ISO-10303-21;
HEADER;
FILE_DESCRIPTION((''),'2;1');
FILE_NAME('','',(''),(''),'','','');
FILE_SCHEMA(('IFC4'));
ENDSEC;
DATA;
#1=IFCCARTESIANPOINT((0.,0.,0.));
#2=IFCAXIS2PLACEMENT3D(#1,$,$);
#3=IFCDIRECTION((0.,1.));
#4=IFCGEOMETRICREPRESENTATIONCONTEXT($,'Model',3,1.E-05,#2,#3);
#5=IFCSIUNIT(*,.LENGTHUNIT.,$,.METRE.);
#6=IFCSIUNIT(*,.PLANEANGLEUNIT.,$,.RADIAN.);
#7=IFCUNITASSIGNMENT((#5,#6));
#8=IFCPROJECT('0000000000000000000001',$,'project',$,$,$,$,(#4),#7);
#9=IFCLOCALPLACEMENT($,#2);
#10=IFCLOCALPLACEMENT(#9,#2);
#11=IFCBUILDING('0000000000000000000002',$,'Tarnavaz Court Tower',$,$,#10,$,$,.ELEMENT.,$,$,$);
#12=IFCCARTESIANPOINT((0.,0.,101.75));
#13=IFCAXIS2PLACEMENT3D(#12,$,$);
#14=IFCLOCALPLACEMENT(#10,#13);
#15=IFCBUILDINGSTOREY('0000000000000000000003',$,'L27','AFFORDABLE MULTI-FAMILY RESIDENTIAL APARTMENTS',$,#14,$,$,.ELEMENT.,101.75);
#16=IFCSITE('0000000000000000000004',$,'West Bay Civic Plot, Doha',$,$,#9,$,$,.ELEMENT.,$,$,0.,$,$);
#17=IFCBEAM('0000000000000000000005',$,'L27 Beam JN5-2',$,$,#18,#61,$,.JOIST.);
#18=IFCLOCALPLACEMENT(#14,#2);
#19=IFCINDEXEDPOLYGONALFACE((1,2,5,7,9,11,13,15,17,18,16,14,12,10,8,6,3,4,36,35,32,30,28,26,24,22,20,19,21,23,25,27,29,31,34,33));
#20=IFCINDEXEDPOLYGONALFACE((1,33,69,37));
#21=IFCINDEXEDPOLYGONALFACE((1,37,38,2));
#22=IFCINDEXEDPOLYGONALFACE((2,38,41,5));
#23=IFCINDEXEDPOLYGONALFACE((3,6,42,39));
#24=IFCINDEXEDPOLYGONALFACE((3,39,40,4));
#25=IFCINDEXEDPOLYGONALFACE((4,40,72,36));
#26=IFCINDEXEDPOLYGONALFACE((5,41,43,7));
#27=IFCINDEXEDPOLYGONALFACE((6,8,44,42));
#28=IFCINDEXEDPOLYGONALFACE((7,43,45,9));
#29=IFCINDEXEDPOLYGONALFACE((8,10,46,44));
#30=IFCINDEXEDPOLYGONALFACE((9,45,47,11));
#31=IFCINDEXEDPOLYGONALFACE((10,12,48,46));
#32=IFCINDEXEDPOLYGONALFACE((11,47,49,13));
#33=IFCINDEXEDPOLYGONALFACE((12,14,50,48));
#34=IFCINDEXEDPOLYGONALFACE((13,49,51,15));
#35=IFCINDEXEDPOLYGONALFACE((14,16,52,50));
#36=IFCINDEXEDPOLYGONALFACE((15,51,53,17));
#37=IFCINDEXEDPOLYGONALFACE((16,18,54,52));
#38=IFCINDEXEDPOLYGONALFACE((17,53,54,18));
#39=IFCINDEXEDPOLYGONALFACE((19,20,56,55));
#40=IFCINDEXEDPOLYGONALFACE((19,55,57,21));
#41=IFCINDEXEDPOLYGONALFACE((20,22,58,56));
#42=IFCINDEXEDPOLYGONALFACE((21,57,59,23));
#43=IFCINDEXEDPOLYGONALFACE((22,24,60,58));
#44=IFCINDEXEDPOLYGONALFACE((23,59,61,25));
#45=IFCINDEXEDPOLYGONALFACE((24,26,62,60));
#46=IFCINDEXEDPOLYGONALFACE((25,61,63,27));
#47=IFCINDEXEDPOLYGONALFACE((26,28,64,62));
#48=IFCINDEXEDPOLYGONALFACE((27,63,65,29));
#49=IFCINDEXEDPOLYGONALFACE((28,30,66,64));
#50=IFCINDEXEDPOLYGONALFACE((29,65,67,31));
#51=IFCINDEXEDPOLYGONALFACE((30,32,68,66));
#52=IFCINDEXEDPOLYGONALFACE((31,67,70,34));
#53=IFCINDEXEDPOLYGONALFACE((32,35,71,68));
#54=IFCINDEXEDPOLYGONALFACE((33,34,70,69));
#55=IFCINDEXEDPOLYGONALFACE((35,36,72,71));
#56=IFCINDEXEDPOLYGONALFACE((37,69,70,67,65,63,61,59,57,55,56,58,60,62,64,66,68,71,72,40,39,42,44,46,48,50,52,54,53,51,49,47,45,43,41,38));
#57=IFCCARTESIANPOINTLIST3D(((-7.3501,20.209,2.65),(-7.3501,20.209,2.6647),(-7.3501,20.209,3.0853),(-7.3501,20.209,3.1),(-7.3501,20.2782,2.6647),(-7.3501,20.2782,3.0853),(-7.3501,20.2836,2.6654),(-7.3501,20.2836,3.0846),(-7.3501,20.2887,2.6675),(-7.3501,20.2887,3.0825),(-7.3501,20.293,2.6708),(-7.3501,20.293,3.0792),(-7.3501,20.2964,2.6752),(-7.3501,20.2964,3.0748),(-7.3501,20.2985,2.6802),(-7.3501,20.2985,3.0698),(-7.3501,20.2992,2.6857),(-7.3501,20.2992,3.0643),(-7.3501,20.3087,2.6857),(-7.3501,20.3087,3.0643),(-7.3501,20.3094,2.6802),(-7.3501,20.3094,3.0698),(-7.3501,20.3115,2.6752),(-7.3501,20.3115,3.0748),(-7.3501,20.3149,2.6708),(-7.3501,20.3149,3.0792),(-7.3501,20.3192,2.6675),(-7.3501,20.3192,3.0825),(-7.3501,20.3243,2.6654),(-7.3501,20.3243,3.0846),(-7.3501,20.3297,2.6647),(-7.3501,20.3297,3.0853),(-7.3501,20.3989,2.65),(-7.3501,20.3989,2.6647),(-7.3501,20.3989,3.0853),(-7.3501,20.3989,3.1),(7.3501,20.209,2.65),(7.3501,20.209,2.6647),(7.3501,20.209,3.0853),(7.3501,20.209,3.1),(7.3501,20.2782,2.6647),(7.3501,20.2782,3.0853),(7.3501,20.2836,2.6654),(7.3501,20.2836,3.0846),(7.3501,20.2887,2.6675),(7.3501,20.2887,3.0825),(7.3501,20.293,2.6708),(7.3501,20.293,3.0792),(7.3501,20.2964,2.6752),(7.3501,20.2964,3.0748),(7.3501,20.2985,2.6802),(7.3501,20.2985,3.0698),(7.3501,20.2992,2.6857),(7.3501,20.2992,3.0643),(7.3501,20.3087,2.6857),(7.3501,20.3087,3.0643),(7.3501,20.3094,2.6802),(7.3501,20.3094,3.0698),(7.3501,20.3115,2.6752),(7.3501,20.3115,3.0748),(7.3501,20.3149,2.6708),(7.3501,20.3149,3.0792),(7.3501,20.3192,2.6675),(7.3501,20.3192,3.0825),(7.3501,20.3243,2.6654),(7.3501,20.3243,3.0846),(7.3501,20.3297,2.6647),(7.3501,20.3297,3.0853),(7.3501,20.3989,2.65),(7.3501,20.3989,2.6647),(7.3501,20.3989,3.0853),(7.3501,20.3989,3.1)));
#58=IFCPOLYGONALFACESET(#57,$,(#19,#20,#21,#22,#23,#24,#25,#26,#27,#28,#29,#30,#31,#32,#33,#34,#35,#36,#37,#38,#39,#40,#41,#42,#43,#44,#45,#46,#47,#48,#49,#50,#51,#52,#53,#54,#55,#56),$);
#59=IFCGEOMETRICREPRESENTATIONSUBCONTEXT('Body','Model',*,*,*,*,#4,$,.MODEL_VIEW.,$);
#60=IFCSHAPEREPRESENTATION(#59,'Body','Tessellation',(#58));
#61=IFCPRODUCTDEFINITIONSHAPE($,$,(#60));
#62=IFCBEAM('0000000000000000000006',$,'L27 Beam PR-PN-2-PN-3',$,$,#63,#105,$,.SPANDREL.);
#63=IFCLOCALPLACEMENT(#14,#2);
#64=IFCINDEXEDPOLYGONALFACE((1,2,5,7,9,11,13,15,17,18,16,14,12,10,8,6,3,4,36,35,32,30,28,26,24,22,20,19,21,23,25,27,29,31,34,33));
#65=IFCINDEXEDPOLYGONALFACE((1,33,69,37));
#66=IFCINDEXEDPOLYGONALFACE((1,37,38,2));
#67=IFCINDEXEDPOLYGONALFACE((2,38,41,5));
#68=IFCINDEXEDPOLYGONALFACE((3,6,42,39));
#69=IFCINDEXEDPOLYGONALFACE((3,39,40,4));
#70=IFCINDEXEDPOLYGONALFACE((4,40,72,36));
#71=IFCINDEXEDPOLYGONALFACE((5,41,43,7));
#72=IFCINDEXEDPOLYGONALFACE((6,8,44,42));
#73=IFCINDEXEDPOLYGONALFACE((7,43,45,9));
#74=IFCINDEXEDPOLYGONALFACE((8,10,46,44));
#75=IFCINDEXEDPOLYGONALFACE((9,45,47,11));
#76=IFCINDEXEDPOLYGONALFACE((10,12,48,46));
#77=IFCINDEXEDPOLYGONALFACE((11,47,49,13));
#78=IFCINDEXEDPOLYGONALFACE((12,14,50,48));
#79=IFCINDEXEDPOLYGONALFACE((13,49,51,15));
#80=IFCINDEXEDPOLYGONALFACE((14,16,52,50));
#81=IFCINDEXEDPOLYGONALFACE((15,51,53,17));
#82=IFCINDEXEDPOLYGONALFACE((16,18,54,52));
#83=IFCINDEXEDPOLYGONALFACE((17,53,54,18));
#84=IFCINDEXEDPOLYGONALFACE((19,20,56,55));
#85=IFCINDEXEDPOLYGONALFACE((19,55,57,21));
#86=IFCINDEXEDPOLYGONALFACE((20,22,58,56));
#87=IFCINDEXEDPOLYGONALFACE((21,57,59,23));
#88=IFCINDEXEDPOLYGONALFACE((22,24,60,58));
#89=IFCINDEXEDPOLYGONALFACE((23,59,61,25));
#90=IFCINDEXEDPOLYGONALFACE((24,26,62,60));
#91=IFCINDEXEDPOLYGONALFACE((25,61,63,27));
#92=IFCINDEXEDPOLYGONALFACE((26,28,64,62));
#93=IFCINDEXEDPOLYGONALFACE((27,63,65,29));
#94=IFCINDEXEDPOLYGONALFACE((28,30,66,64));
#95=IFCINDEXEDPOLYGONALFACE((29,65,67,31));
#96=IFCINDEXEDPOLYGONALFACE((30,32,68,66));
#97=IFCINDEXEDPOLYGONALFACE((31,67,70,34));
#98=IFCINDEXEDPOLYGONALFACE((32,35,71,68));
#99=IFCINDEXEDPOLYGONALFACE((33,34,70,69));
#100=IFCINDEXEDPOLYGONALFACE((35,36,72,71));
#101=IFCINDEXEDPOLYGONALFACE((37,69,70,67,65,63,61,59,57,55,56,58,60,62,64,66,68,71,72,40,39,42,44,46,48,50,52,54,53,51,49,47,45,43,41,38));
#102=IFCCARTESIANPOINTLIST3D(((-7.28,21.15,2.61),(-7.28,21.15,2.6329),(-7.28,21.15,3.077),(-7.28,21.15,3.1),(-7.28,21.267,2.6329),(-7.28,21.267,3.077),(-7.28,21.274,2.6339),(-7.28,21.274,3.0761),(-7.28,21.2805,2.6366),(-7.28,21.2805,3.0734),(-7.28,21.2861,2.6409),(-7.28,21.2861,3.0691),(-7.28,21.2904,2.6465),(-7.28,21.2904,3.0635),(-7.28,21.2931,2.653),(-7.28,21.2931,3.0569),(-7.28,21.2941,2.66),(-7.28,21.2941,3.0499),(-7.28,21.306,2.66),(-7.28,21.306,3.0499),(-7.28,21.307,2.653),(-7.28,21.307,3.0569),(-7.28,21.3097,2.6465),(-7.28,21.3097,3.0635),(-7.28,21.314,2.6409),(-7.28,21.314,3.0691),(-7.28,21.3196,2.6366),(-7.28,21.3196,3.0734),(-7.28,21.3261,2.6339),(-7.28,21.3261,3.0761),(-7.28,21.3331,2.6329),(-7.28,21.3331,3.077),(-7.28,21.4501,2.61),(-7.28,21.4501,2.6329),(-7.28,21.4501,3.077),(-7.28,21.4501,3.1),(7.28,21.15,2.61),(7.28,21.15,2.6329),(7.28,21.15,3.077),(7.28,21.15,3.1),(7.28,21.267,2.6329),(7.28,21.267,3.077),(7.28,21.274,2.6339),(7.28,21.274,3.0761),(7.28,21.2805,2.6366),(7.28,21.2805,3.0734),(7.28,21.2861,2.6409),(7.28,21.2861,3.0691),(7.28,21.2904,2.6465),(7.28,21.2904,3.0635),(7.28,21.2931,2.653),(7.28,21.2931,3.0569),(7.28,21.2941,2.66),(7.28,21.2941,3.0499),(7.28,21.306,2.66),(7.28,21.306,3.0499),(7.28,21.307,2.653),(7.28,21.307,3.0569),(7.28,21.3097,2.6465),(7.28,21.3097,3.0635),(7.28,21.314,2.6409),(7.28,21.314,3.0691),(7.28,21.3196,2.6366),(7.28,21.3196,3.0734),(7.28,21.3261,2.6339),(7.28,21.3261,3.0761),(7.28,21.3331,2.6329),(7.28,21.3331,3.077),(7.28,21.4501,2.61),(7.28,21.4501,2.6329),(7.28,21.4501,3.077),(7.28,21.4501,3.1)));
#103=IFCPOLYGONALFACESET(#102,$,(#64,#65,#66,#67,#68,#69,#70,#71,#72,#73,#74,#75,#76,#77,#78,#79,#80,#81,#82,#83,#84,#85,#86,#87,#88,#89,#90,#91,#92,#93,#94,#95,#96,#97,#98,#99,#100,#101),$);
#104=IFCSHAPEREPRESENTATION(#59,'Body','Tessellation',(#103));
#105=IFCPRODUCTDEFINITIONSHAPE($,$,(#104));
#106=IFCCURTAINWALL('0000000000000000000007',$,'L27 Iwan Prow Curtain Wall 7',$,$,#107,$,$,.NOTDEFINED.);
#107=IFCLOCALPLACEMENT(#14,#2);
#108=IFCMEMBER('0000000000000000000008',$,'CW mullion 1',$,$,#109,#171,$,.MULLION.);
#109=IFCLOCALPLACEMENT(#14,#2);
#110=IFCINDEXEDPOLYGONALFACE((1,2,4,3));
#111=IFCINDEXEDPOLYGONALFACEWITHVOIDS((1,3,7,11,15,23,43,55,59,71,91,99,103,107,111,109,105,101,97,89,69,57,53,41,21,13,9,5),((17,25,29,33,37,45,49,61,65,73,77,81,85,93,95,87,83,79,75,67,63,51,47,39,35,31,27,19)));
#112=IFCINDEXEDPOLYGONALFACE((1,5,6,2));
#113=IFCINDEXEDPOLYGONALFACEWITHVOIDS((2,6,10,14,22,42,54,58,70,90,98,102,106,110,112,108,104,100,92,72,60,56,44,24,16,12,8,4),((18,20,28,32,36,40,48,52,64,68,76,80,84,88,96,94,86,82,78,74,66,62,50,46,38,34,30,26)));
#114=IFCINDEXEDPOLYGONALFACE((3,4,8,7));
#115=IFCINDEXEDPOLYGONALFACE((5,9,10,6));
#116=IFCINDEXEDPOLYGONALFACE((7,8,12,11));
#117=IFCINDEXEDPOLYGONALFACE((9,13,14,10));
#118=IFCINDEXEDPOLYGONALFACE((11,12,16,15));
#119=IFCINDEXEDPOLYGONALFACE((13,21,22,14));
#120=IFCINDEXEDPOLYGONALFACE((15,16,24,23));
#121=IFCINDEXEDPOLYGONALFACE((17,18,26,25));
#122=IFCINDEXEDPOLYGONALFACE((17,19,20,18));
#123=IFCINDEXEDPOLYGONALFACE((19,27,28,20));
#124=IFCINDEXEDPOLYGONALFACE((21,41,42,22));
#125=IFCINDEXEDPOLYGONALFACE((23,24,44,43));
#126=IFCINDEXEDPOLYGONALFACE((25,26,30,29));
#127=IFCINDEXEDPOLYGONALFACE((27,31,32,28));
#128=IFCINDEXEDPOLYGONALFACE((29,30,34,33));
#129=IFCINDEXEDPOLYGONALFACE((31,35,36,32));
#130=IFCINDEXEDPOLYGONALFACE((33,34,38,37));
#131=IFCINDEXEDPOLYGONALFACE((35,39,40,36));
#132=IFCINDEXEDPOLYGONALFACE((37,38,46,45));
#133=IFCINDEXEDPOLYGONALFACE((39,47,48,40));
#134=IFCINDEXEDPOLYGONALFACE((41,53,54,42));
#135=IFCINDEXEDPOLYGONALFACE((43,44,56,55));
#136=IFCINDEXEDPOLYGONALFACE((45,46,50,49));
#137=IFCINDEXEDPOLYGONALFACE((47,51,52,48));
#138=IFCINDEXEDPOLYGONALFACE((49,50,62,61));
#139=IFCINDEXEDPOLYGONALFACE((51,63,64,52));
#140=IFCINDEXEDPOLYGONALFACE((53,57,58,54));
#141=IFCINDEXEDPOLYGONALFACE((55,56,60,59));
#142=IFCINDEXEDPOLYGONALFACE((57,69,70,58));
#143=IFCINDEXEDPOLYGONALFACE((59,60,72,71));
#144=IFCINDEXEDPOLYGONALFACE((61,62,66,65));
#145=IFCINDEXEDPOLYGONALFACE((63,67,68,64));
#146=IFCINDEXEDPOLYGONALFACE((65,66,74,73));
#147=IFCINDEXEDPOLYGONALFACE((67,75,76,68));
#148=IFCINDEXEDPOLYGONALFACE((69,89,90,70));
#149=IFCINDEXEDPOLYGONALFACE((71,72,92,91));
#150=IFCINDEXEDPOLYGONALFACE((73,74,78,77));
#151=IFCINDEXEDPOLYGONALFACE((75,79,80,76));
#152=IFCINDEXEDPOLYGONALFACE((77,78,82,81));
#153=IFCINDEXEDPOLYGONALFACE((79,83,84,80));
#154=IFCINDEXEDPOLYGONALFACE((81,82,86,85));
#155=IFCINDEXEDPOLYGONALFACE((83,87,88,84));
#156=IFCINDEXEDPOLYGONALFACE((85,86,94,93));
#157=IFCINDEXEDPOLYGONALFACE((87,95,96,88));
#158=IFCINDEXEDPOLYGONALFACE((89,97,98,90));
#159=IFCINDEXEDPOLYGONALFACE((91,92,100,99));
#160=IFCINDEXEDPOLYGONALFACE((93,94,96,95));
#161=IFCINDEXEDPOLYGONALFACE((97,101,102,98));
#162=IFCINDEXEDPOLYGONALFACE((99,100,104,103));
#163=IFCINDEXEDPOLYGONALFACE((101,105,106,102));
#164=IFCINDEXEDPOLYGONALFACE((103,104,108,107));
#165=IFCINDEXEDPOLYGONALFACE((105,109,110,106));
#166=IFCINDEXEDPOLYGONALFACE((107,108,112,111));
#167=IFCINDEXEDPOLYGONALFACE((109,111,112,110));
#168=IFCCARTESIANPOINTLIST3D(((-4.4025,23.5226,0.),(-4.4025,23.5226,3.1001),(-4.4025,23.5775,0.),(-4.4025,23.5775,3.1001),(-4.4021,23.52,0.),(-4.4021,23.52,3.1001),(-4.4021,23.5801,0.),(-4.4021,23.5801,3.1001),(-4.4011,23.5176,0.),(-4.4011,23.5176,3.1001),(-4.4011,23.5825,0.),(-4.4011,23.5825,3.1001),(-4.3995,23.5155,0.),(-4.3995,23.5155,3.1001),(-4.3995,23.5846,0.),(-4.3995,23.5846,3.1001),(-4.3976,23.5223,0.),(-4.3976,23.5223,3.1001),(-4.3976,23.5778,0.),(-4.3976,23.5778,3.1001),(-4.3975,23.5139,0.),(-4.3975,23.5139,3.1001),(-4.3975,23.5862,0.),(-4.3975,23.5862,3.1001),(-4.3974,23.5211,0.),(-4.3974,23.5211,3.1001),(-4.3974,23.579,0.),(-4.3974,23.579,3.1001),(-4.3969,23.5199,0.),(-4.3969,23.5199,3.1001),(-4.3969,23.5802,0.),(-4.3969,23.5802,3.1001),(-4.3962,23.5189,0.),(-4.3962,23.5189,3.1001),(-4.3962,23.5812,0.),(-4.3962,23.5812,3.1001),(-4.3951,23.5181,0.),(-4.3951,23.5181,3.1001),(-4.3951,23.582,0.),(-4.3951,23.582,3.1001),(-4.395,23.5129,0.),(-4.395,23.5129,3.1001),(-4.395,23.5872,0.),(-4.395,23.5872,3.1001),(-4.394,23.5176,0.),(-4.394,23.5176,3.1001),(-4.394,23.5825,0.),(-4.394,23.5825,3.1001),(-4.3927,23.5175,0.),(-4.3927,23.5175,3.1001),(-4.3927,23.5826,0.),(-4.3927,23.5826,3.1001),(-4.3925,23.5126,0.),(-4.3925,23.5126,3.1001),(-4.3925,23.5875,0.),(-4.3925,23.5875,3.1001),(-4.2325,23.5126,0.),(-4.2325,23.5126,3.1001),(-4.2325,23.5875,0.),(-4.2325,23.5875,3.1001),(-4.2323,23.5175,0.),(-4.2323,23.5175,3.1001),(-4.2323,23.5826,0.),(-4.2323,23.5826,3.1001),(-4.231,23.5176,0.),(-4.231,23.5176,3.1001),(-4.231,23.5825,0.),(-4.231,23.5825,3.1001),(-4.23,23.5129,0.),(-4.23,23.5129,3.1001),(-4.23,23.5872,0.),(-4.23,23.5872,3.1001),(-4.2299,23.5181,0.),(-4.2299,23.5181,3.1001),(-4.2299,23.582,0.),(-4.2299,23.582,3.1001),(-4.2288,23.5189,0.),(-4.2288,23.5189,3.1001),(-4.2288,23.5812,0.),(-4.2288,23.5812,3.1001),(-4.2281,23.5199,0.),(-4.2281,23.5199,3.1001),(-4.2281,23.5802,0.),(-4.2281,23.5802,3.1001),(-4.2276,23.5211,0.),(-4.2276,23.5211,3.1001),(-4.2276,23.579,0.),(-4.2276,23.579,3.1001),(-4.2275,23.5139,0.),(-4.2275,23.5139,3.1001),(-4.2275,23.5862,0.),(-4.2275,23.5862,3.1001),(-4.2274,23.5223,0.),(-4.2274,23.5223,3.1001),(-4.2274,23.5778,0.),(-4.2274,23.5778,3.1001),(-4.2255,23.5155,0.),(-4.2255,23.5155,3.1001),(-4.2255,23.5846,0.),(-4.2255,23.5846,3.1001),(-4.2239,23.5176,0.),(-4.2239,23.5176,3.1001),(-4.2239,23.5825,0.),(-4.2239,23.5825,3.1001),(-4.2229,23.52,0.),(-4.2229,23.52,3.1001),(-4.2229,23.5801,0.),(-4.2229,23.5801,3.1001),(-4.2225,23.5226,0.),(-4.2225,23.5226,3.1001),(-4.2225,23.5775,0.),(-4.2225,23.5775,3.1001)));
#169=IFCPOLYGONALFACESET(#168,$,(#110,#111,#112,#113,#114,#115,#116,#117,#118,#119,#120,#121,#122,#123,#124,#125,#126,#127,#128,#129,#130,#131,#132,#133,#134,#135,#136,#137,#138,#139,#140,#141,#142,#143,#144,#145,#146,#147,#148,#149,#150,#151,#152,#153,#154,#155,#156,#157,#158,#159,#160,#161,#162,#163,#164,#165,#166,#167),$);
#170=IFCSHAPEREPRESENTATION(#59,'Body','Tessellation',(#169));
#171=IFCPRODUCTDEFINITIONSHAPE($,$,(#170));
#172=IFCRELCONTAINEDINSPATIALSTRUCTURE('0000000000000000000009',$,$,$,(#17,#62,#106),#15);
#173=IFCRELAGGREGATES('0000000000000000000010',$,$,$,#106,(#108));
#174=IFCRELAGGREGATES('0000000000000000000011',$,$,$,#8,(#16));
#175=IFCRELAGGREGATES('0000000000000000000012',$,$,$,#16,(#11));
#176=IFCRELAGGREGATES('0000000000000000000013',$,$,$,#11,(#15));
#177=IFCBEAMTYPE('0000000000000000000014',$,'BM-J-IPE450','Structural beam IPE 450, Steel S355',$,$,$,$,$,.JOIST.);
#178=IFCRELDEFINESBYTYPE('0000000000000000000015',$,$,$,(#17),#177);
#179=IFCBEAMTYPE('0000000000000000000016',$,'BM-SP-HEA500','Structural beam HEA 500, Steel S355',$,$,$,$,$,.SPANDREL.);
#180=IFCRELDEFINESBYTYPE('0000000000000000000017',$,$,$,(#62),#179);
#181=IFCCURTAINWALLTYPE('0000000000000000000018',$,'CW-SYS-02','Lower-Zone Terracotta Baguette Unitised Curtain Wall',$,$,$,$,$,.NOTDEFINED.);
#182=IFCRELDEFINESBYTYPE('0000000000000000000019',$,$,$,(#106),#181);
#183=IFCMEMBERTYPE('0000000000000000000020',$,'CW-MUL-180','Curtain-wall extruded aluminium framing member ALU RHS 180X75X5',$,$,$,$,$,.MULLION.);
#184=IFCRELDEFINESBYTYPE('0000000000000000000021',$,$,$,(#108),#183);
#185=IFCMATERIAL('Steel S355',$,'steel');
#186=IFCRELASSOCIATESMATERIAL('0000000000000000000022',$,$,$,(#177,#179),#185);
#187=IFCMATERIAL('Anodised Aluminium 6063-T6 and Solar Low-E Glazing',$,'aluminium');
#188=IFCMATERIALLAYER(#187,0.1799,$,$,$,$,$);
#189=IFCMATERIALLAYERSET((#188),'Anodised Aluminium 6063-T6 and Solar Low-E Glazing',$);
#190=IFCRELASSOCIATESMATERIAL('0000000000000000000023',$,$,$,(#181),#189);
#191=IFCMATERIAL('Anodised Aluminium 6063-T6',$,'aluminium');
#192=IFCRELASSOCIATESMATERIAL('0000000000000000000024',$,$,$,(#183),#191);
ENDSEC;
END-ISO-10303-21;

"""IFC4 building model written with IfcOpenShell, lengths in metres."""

from ifc_helpers import new_model, si_unit, direction, frame, origin, origin_2d, place, context, subcontext, project, spatial, hollow_rectangle, i_section, extrude, material, layer, layer_set, material_profile, profile_set, type_object, element, aggregate, save


model = new_model("IFC4")

# Units and contexts
model_context = context("Model", 3, precision=1e-05, world=origin(), true_north=direction((0.0, 1.0)))
body_context = subcontext(model_context, "Body", "Model", "MODEL_VIEW")
ifc_project = project(units=[si_unit("LENGTHUNIT", "METRE"), si_unit("PLANEANGLEUNIT", "RADIAN")], contexts=[model_context])

# Site, building, storey
site_placement = place(None, origin())
site = spatial("IfcSite", under=ifc_project, at=site_placement, Name="West Bay Civic Plot, Doha", CompositionType="ELEMENT", RefElevation=0.0)
building_placement = place(site_placement, origin())
building = spatial("IfcBuilding", under=site, at=building_placement, Name="Tarnavaz Court Tower", CompositionType="ELEMENT")
storey_placement = place(building_placement, frame((0.0, 0.0, 101.75)))
storey = spatial("IfcBuildingStorey", under=building, at=storey_placement, Name="L27", Description="AFFORDABLE MULTI-FAMILY RESIDENTIAL APARTMENTS", CompositionType="ELEMENT", Elevation=101.75)

# Beams
ifc_material_1 = material(Name="Steel S355", Category="steel")
ifc_material_profile_1 = material_profile(ifc_material_1, i_section(OverallWidth=0.1899, OverallDepth=0.45, WebThickness=0.0095, FlangeThickness=0.0146, FilletRadius=0.021, at=origin_2d()), Name="IPE 450")
ifc_profile_set_1 = profile_set([ifc_material_profile_1], Name="Steel S355")
beam_type_1 = type_object("IfcBeamType", Name="BM-J-IPE450", Description="Structural beam IPE 450, Steel S355", PredefinedType="JOIST", material=ifc_profile_set_1)
for number, where, z_axis, x_axis, name in (
    (1, (-7.3501, 20.304, 2.875), (1.0, 0.0, 0.0), (0.0, 1.0, 0.0), "L27 Beam JN5-2"),
):
    element("IfcBeam", number, at=place(storey_placement, frame(where, z_axis=z_axis, x_axis=x_axis)), inside=storey, type_object=beam_type_1, Name=name, PredefinedType="JOIST", context=body_context, shape_type="SweptSolid", body=[
        extrude(i_section(OverallWidth=0.1899, OverallDepth=0.45, WebThickness=0.0095, FlangeThickness=0.0146, FilletRadius=0.021, at=origin_2d()), origin(), (0.0, 0.0, 1.0), 14.7002),
    ])
ifc_material_profile_2 = material_profile(ifc_material_1, i_section(OverallWidth=0.3, OverallDepth=0.49, WebThickness=0.012, FlangeThickness=0.0229, FilletRadius=0.0271, at=origin_2d()), Name="HEA 500")
ifc_profile_set_2 = profile_set([ifc_material_profile_2], Name="Steel S355")
beam_type_2 = type_object("IfcBeamType", Name="BM-SP-HEA500", Description="Structural beam HEA 500, Steel S355", PredefinedType="SPANDREL", material=ifc_profile_set_2)
beam_placement = place(storey_placement, frame((-7.28, 21.3, 2.855), z_axis=(1.0, 0.0, 0.0), x_axis=(0.0, 1.0, 0.0)))
element("IfcBeam", 2, at=beam_placement, inside=storey, type_object=beam_type_2, Name="L27 Beam PR-PN-2-PN-3", PredefinedType="SPANDREL", context=body_context, shape_type="SweptSolid", body=[
    extrude(i_section(OverallWidth=0.3, OverallDepth=0.49, WebThickness=0.012, FlangeThickness=0.0229, FilletRadius=0.0271, at=origin_2d()), origin(), (0.0, 0.0, 1.0), 14.5601),
])

# Curtain wall, member
ifc_material_2 = material(Name="Anodised Aluminium 6063-T6 and Solar Low-E Glazing", Category="aluminium")
ifc_layer_1 = layer(ifc_material_2, 0.1799)
ifc_layer_set_1 = layer_set([ifc_layer_1], Name="Anodised Aluminium 6063-T6 and Solar Low-E Glazing")
curtain_wall_type = type_object("IfcCurtainWallType", Name="CW-SYS-02", Description="Lower-Zone Terracotta Baguette Unitised Curtain Wall", PredefinedType="NOTDEFINED", material=ifc_layer_set_1)
curtain_wall_placement = place(storey_placement, origin())
curtain_wall = element("IfcCurtainWall", 3, at=curtain_wall_placement, inside=storey, type_object=curtain_wall_type, Name="L27 Iwan Prow Curtain Wall 7", PredefinedType="NOTDEFINED")
ifc_material_3 = material(Name="Anodised Aluminium 6063-T6", Category="aluminium")
ifc_material_profile_3 = material_profile(ifc_material_3, hollow_rectangle(XDim=0.075, YDim=0.1799, WallThickness=0.0049, InnerFilletRadius=0.0049, OuterFilletRadius=0.01, at=origin_2d()), Name="ALU RHS 180X75X5")
ifc_profile_set_3 = profile_set([ifc_material_profile_3], Name="Anodised Aluminium 6063-T6")
member_type_1 = type_object("IfcMemberType", Name="CW-MUL-180", Description="Curtain-wall extruded aluminium framing member ALU RHS 180X75X5", PredefinedType="MULLION", material=ifc_profile_set_3)
member_1_placement = place(storey_placement, frame((-4.3125, 23.55, 0.0), z_axis=(0.0, 0.0, 1.0), x_axis=(0.0, 1.0, 0.0)))
member_1 = element("IfcMember", 4, at=member_1_placement, type_object=member_type_1, Name="CW mullion 1", PredefinedType="MULLION", context=body_context, shape_type="SweptSolid", body=[
    extrude(hollow_rectangle(XDim=0.075, YDim=0.1799, WallThickness=0.0049, InnerFilletRadius=0.0049, OuterFilletRadius=0.01, at=origin_2d()), origin(), (0.0, 0.0, 1.0), 3.1001),
])
aggregate(curtain_wall, [member_1])

save(model, "model.ifc")
